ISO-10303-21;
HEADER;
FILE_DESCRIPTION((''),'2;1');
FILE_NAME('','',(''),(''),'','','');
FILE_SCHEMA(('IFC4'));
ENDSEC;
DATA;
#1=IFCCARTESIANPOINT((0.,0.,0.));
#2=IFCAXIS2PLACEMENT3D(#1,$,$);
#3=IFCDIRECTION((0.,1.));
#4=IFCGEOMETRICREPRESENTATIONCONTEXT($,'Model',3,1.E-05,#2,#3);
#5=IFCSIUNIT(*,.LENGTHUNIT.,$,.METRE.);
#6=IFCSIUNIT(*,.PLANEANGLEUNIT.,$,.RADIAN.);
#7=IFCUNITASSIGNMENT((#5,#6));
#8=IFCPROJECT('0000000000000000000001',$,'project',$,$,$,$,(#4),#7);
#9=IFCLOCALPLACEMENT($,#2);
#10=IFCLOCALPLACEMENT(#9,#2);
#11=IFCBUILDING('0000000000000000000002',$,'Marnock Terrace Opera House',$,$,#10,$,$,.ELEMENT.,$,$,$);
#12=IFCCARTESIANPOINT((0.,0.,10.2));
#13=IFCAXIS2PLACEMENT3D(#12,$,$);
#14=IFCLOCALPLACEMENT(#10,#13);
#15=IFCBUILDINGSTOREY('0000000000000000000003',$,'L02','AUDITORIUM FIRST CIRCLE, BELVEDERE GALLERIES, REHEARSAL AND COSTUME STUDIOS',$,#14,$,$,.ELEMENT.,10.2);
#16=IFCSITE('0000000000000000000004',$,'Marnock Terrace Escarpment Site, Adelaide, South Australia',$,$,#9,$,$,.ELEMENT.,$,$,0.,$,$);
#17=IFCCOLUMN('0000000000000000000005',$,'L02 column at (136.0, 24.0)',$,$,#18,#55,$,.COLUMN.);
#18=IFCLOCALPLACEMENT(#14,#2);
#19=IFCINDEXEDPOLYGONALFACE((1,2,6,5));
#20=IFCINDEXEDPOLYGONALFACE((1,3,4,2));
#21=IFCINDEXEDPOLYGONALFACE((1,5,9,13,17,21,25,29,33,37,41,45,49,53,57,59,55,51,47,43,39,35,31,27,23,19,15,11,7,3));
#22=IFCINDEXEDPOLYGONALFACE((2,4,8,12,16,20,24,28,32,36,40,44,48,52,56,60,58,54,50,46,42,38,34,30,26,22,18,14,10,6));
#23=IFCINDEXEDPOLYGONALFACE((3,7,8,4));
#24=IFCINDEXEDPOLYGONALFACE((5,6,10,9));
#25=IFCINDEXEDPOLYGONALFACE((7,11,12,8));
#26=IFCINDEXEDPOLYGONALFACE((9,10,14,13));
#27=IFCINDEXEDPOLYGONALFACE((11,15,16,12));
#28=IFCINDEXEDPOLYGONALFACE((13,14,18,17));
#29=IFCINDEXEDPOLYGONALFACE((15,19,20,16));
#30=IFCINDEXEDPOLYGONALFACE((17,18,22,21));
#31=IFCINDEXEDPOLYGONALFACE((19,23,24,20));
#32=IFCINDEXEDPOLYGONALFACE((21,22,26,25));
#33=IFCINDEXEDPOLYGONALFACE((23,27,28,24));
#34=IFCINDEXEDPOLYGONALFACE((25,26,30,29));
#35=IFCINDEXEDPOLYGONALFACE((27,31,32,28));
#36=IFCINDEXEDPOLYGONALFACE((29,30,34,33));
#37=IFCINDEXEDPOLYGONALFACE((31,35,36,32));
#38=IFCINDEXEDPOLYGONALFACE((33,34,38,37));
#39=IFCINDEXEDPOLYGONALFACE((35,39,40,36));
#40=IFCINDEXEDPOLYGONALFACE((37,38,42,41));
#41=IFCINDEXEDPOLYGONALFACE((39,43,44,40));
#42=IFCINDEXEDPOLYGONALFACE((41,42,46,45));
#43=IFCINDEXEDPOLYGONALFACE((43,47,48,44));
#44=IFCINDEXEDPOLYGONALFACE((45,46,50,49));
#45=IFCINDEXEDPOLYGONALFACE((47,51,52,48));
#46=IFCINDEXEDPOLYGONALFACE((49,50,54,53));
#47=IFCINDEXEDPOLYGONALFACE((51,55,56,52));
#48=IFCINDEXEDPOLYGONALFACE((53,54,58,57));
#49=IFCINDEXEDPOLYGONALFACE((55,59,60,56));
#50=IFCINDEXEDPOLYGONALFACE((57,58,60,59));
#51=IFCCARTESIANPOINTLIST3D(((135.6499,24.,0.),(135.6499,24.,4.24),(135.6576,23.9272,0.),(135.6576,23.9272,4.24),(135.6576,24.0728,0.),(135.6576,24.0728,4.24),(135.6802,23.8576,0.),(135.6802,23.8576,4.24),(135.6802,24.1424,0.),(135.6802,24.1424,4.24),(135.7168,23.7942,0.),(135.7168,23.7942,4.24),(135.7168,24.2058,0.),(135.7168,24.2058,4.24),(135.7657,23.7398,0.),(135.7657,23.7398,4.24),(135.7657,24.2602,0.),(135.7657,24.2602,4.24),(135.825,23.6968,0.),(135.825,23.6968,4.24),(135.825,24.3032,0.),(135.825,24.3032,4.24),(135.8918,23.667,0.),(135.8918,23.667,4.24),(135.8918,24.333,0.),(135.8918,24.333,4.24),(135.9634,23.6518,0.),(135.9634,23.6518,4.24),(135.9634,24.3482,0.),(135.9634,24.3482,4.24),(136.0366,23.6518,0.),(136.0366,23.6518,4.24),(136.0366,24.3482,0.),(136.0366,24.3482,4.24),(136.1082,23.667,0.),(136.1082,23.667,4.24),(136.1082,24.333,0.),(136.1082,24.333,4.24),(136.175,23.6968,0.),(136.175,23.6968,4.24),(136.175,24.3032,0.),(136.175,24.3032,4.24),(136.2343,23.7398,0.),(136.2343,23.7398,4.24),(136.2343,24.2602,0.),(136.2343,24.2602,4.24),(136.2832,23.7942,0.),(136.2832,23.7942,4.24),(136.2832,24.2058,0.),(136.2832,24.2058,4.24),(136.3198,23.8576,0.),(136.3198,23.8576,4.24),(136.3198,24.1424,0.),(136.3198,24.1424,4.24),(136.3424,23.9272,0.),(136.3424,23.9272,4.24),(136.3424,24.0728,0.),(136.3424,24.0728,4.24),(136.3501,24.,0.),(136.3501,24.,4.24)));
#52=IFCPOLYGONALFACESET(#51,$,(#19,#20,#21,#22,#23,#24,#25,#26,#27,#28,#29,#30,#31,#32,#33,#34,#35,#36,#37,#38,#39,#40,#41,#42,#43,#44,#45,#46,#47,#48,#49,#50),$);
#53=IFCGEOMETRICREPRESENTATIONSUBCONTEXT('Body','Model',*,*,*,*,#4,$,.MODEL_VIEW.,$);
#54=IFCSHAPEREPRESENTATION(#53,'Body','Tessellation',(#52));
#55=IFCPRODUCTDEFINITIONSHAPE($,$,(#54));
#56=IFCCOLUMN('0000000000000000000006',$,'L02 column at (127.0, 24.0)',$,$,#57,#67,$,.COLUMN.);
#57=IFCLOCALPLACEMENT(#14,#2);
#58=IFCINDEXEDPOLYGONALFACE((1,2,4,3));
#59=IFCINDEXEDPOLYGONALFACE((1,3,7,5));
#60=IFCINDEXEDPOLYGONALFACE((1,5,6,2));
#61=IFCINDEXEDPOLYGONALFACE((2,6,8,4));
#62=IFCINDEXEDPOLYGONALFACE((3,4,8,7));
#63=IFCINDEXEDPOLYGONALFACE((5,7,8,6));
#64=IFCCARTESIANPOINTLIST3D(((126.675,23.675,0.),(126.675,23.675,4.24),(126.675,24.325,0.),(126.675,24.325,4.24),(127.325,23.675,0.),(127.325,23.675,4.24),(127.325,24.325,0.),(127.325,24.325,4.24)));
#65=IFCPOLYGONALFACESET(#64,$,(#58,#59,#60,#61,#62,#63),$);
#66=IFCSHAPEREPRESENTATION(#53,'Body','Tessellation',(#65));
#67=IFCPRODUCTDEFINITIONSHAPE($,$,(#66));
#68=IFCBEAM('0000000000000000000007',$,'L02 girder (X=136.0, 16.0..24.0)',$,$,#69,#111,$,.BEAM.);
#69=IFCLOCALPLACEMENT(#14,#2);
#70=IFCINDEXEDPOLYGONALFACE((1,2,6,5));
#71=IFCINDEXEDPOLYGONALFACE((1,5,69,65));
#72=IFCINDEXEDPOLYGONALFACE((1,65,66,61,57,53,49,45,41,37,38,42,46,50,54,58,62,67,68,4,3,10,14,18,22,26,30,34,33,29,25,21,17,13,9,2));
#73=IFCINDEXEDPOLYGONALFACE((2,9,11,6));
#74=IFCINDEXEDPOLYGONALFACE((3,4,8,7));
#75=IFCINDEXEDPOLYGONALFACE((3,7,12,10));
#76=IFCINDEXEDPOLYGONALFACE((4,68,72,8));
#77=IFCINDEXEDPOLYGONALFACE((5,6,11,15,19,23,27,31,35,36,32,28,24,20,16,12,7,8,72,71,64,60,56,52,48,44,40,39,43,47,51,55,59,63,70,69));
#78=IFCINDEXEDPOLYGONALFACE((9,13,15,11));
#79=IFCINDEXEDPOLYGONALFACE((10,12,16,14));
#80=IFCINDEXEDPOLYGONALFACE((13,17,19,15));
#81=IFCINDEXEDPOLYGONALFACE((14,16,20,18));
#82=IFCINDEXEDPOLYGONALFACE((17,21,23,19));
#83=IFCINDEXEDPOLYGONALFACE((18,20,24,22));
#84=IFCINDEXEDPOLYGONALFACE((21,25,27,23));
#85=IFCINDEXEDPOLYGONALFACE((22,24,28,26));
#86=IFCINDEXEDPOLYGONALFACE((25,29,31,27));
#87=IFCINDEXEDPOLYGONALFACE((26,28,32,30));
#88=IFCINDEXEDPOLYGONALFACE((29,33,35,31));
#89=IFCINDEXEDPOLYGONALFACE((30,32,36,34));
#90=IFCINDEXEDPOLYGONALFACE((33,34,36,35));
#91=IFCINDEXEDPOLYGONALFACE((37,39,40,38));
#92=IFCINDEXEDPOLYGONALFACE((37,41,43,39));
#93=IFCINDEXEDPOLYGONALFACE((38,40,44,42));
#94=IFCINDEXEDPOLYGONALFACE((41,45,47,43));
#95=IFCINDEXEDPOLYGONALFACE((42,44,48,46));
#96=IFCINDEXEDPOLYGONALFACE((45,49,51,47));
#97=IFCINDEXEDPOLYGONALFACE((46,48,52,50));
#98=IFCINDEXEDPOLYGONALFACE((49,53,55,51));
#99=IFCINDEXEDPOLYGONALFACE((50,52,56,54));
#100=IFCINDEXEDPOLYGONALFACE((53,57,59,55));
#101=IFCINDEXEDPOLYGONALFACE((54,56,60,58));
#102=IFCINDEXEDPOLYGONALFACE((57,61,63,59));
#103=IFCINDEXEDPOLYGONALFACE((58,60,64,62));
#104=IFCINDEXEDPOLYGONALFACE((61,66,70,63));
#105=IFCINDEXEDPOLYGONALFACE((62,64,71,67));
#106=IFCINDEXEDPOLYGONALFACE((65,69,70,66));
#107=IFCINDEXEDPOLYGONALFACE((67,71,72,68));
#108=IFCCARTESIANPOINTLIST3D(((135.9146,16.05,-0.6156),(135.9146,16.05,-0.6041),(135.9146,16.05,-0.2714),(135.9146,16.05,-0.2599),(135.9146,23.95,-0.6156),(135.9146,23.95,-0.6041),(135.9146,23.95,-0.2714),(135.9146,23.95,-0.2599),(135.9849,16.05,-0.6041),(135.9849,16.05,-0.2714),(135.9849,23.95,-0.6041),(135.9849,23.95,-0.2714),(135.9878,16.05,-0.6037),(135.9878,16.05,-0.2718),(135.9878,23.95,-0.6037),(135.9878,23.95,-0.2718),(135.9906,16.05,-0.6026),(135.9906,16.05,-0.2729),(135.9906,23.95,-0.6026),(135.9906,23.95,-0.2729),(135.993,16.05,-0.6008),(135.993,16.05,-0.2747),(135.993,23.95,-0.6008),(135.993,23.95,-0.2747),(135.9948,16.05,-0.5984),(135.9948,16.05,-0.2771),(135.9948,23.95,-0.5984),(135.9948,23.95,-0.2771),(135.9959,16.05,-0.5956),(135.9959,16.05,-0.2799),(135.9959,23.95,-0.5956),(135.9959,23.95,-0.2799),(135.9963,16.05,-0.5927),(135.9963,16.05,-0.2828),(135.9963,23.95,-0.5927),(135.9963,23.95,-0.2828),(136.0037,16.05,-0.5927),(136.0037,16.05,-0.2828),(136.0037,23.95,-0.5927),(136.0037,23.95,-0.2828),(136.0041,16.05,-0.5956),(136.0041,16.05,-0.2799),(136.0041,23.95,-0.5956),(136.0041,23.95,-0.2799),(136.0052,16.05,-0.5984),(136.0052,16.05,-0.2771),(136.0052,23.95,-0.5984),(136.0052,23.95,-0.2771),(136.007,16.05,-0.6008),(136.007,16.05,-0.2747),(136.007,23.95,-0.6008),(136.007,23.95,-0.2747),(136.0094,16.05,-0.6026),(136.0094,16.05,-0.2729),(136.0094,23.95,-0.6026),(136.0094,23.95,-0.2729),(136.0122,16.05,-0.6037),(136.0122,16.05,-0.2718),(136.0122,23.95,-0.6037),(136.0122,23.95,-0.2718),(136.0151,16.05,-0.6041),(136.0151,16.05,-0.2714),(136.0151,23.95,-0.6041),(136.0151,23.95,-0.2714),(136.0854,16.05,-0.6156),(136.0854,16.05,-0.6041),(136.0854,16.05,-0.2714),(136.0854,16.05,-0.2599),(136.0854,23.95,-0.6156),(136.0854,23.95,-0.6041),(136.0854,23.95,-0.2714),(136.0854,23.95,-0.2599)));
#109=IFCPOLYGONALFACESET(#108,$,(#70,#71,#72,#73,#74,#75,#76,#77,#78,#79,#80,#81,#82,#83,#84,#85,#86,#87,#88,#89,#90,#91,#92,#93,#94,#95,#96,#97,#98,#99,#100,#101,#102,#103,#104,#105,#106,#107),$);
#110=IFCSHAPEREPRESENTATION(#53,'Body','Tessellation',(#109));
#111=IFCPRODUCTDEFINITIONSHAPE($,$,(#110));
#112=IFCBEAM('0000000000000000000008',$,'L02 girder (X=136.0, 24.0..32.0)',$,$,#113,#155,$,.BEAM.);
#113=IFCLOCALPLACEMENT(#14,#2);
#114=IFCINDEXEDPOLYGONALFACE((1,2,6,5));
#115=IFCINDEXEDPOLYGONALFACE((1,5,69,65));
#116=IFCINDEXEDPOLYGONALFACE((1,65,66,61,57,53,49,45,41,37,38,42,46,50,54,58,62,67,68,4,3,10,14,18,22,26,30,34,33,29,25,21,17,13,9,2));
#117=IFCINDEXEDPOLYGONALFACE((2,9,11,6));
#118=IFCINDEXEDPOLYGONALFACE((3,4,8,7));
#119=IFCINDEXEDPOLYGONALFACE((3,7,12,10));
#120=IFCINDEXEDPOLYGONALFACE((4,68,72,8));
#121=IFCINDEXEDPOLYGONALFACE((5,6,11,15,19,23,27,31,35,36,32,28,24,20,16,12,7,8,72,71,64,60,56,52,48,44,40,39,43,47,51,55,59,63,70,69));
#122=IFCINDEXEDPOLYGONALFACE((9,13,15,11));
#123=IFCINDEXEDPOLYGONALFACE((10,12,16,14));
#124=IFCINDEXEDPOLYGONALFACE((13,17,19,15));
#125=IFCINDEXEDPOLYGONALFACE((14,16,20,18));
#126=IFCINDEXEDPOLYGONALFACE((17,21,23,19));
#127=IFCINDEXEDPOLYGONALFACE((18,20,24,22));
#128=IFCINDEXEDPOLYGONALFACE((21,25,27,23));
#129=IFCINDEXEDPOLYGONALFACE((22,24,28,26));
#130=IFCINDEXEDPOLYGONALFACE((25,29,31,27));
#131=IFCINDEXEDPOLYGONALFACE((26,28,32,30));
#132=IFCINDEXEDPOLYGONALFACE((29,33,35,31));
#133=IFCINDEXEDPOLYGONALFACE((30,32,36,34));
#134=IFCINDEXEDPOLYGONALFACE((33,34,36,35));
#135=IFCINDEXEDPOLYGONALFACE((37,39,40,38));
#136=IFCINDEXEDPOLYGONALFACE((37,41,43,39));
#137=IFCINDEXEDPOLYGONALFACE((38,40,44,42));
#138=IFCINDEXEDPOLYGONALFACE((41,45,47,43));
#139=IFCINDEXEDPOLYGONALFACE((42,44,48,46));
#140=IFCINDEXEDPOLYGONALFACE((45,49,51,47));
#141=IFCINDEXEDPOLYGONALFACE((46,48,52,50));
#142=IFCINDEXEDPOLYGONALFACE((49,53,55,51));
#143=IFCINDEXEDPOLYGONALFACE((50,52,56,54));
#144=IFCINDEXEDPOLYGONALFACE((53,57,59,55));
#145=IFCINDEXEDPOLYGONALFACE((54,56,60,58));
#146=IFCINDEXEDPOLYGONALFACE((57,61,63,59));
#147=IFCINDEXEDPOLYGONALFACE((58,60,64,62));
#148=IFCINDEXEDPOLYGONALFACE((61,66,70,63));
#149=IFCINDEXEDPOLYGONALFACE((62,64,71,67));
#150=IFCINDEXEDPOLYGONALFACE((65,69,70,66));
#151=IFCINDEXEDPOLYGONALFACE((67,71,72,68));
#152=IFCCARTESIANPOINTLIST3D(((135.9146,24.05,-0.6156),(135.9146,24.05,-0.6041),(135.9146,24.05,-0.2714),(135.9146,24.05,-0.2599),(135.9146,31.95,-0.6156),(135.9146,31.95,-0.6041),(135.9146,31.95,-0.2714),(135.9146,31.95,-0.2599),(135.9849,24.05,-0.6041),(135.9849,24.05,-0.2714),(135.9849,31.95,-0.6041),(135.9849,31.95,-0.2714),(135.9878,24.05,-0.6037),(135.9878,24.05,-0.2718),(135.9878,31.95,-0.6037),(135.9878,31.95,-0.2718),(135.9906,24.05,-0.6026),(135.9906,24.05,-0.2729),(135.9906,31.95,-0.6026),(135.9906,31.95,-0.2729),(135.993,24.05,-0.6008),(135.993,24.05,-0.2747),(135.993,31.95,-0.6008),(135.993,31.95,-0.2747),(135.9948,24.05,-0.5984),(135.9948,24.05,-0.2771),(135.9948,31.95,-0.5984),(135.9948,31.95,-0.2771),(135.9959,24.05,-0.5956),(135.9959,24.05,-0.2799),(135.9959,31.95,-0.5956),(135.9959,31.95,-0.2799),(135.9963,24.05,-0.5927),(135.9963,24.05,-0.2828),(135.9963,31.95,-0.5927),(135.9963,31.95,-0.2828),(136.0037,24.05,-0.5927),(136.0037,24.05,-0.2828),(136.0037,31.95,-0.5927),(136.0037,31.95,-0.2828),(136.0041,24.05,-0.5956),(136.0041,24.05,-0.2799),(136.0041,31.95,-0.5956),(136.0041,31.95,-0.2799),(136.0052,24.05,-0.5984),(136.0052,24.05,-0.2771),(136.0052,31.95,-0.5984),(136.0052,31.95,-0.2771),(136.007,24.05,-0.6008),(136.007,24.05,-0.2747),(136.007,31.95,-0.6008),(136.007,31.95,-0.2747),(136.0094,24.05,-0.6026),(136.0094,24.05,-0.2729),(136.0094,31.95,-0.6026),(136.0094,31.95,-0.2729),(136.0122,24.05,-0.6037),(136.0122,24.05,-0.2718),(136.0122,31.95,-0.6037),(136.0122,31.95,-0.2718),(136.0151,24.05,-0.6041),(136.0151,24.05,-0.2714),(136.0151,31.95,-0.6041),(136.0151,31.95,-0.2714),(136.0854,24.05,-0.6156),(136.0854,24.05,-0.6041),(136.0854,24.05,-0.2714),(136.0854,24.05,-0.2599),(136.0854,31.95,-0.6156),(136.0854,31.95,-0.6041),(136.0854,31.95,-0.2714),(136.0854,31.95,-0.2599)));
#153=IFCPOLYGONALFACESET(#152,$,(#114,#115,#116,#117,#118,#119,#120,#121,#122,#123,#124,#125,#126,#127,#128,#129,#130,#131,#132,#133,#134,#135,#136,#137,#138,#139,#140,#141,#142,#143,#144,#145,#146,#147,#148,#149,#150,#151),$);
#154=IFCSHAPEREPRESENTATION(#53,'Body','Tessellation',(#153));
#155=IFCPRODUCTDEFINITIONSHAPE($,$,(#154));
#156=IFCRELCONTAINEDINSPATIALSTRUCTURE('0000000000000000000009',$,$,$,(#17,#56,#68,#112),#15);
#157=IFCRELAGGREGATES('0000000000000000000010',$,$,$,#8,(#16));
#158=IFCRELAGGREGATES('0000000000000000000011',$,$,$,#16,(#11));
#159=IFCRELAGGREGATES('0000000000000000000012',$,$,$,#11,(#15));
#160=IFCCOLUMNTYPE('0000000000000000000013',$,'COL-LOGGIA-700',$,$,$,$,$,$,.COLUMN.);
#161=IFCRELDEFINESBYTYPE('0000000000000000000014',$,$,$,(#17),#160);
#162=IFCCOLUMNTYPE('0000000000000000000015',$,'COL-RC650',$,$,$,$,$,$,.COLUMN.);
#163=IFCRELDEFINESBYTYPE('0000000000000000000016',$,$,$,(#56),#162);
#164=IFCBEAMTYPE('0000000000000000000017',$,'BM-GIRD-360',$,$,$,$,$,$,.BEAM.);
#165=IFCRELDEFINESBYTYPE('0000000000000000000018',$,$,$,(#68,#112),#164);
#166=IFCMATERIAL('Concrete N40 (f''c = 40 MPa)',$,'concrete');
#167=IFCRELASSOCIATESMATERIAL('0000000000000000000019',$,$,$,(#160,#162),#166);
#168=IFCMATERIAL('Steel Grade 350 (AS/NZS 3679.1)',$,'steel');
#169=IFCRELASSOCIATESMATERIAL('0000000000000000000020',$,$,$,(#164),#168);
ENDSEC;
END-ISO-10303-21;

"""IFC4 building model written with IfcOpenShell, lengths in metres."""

from ifc_helpers import new_model, si_unit, direction, frame, origin, origin_2d, place, context, subcontext, project, spatial, rectangle, circle, i_section, extrude, material, material_profile, profile_set, type_object, element, save


model = new_model("IFC4")

# Units and contexts
model_context = context("Model", 3, precision=1e-05, world=origin(), true_north=direction((0.0, 1.0)))
body_context = subcontext(model_context, "Body", "Model", "MODEL_VIEW")
ifc_project = project(units=[si_unit("LENGTHUNIT", "METRE"), si_unit("PLANEANGLEUNIT", "RADIAN")], contexts=[model_context])

# Site, building, storey
site_placement = place(None, origin())
site = spatial("IfcSite", under=ifc_project, at=site_placement, Name="Marnock Terrace Escarpment Site, Adelaide, South Australia", CompositionType="ELEMENT", RefElevation=0.0)
building_placement = place(site_placement, origin())
building = spatial("IfcBuilding", under=site, at=building_placement, Name="Marnock Terrace Opera House", CompositionType="ELEMENT")
storey_placement = place(building_placement, frame((0.0, 0.0, 10.2)))
storey = spatial("IfcBuildingStorey", under=building, at=storey_placement, Name="L02", Description="AUDITORIUM FIRST CIRCLE, BELVEDERE GALLERIES, REHEARSAL AND COSTUME STUDIOS", CompositionType="ELEMENT", Elevation=10.2)

# Columns
ifc_material_1 = material(Name="Concrete N40 (f'c = 40 MPa)", Category="concrete")
ifc_material_profile_1 = material_profile(ifc_material_1, circle(Radius=0.3501, at=origin_2d()))
ifc_profile_set_1 = profile_set([ifc_material_profile_1], Name="Concrete N40 (f'c = 40 MPa)")
column_type_1 = type_object("IfcColumnType", Name="COL-LOGGIA-700", PredefinedType="COLUMN", material=ifc_profile_set_1)
column_1_placement = place(storey_placement, frame((136.0, 24.0, 0.0), z_axis=(0.0, 0.0, 1.0), x_axis=(1.0, 0.0, 0.0)))
element("IfcColumn", 1, at=column_1_placement, inside=storey, type_object=column_type_1, Name="L02 column at (136.0, 24.0)", PredefinedType="COLUMN", context=body_context, shape_type="SweptSolid", body=[
    extrude(circle(Radius=0.3501, at=origin_2d()), origin(), (0.0, 0.0, 1.0), 4.24),
])
ifc_material_profile_2 = material_profile(ifc_material_1, rectangle(XDim=0.6499, YDim=0.6499, at=origin_2d()))
ifc_profile_set_2 = profile_set([ifc_material_profile_2], Name="Concrete N40 (f'c = 40 MPa)")
column_type_2 = type_object("IfcColumnType", Name="COL-RC650", PredefinedType="COLUMN", material=ifc_profile_set_2)
column_2_placement = place(storey_placement, frame((127.0, 24.0, 0.0), z_axis=(0.0, 0.0, 1.0), x_axis=(1.0, 0.0, 0.0)))
element("IfcColumn", 2, at=column_2_placement, inside=storey, type_object=column_type_2, Name="L02 column at (127.0, 24.0)", PredefinedType="COLUMN", context=body_context, shape_type="SweptSolid", body=[
    extrude(rectangle(XDim=0.6499, YDim=0.6499, at=origin_2d()), origin(), (0.0, 0.0, 1.0), 4.24),
])

# Beams
ifc_material_2 = material(Name="Steel Grade 350 (AS/NZS 3679.1)", Category="steel")
ifc_material_profile_3 = material_profile(ifc_material_2, i_section(OverallWidth=0.1709, OverallDepth=0.3557, WebThickness=0.0073, FlangeThickness=0.0115, FilletRadius=0.0115, at=origin_2d()))
ifc_profile_set_3 = profile_set([ifc_material_profile_3], Name="Steel Grade 350 (AS/NZS 3679.1)")
beam_type_1 = type_object("IfcBeamType", Name="BM-GIRD-360", PredefinedType="BEAM", material=ifc_profile_set_3)
for number, where, z_axis, x_axis, name in (
    (3, (136.0, 16.05, -0.4377), (0.0, 1.0, 0.0), (-1.0, 0.0, 0.0), "L02 girder (X=136.0, 16.0..24.0)"),
    (4, (136.0, 24.05, -0.4377), (0.0, 1.0, 0.0), (-1.0, 0.0, 0.0), "L02 girder (X=136.0, 24.0..32.0)"),
):
    element("IfcBeam", number, at=place(storey_placement, frame(where, z_axis=z_axis, x_axis=x_axis)), inside=storey, type_object=beam_type_1, Name=name, PredefinedType="BEAM", context=body_context, shape_type="SweptSolid", body=[
        extrude(i_section(OverallWidth=0.1709, OverallDepth=0.3557, WebThickness=0.0073, FlangeThickness=0.0115, FilletRadius=0.0115, at=origin_2d()), origin(), (0.0, 0.0, 1.0), 7.8999),
    ])

save(model, "model.ifc")
